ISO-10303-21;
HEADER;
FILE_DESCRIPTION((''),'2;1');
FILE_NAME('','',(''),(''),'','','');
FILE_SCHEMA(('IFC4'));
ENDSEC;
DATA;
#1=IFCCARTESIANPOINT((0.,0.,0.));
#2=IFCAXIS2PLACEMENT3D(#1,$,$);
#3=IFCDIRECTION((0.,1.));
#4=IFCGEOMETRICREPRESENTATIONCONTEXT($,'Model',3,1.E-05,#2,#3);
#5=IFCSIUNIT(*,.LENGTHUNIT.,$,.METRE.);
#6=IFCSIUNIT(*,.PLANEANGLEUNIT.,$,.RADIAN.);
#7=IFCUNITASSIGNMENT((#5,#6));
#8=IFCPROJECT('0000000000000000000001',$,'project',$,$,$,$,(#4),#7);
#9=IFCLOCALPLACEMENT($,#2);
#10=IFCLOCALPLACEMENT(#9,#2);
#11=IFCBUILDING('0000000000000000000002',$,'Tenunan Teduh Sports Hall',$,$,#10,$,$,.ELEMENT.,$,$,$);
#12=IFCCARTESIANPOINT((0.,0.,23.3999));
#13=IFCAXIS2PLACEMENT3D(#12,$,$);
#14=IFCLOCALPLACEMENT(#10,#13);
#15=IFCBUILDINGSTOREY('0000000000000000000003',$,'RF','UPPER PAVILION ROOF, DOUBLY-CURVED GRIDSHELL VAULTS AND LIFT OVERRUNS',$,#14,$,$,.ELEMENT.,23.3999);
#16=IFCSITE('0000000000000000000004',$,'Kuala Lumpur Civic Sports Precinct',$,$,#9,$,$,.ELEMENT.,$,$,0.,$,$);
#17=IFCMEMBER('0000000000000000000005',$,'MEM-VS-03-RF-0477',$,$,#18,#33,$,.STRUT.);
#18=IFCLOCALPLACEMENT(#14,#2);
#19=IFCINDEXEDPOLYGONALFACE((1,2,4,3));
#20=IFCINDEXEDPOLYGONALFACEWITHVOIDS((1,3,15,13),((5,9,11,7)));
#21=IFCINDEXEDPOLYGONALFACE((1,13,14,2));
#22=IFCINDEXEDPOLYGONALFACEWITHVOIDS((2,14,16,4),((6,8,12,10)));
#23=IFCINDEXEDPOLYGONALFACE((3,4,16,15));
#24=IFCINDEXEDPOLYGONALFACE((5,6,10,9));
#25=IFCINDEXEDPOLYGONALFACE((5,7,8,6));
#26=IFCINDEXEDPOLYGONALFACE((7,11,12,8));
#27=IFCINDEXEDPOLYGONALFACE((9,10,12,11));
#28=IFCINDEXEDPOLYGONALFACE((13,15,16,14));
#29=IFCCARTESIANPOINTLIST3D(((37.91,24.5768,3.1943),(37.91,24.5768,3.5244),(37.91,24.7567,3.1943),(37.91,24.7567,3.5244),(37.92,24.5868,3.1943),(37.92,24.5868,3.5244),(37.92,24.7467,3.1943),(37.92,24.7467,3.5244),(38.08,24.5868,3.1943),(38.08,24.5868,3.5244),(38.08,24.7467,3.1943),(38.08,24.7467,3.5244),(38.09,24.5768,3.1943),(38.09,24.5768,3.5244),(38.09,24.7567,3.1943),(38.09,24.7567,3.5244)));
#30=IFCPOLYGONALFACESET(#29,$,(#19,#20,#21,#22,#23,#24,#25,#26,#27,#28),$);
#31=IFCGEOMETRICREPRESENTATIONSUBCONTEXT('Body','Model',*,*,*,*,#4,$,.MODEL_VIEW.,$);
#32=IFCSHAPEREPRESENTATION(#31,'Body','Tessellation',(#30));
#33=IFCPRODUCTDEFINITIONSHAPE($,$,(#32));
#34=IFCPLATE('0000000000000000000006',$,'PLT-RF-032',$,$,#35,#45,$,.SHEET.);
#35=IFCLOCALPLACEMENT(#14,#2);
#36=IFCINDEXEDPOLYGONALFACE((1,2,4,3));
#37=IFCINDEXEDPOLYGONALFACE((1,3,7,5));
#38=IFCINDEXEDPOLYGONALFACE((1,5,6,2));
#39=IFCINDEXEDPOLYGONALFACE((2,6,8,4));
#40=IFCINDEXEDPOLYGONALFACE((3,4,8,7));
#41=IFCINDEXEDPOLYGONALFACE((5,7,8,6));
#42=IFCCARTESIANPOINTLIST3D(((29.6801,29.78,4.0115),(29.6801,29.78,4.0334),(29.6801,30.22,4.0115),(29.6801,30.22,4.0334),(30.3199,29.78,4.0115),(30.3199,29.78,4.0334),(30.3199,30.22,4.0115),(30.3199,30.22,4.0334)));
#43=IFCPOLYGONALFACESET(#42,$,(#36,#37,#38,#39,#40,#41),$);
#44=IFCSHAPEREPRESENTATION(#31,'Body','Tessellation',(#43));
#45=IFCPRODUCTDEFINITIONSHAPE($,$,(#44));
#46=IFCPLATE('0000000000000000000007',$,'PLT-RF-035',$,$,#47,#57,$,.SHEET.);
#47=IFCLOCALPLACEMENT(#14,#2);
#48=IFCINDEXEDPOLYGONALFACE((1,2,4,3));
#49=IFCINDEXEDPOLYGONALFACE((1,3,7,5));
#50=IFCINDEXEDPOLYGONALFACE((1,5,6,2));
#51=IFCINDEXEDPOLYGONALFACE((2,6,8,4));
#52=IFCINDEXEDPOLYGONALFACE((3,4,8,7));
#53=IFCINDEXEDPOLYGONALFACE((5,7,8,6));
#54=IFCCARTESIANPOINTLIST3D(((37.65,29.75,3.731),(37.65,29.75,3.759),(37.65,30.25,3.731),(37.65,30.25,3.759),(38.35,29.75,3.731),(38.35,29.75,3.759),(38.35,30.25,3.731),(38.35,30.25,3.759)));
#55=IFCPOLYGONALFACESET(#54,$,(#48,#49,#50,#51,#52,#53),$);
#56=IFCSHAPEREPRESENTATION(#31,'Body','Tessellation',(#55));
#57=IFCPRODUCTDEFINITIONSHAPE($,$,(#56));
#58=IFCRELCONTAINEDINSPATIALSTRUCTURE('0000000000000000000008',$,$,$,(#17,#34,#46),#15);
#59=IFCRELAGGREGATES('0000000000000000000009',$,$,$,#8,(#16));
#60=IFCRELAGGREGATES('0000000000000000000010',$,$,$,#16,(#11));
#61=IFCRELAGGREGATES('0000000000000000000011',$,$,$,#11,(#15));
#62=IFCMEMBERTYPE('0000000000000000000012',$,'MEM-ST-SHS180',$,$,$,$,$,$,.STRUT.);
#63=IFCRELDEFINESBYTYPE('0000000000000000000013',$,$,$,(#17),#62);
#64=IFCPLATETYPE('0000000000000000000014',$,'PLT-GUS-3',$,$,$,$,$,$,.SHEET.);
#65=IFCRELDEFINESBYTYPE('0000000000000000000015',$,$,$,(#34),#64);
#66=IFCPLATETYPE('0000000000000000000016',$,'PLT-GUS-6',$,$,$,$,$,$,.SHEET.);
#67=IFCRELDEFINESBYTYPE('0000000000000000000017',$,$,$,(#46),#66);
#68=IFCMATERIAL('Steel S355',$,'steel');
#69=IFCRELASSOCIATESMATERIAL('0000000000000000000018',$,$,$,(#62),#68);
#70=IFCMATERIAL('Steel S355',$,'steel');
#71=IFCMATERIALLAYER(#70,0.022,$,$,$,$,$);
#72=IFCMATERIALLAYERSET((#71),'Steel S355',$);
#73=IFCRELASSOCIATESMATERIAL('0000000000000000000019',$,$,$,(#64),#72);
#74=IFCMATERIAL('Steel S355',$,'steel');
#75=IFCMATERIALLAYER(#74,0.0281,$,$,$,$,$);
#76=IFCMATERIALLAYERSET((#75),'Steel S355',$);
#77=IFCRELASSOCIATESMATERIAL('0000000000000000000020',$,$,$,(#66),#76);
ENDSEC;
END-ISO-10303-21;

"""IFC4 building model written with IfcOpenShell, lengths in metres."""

from ifc_helpers import new_model, si_unit, direction, frame, origin, origin_2d, place, context, subcontext, project, spatial, rectangle, hollow_rectangle, extrude, material, layer, layer_set, material_profile, profile_set, type_object, element, save


model = new_model("IFC4")

# Units and contexts
model_context = context("Model", 3, precision=1e-05, world=origin(), true_north=direction((0.0, 1.0)))
body_context = subcontext(model_context, "Body", "Model", "MODEL_VIEW")
ifc_project = project(units=[si_unit("LENGTHUNIT", "METRE"), si_unit("PLANEANGLEUNIT", "RADIAN")], contexts=[model_context])

# Site, building, storey
site_placement = place(None, origin())
site = spatial("IfcSite", under=ifc_project, at=site_placement, Name="Kuala Lumpur Civic Sports Precinct", CompositionType="ELEMENT", RefElevation=0.0)
building_placement = place(site_placement, origin())
building = spatial("IfcBuilding", under=site, at=building_placement, Name="Tenunan Teduh Sports Hall", CompositionType="ELEMENT")
storey_placement = place(building_placement, frame((0.0, 0.0, 23.3999)))
storey = spatial("IfcBuildingStorey", under=building, at=storey_placement, Name="RF", Description="UPPER PAVILION ROOF, DOUBLY-CURVED GRIDSHELL VAULTS AND LIFT OVERRUNS", CompositionType="ELEMENT", Elevation=23.3999)

# Member
ifc_material_1 = material(Name="Steel S355", Category="steel")
ifc_material_profile_1 = material_profile(ifc_material_1, hollow_rectangle(XDim=0.1799, YDim=0.1799, WallThickness=0.01, at=origin_2d()), Name="SHS 180x180x10.0")
ifc_profile_set_1 = profile_set([ifc_material_profile_1], Name="Steel S355")
member_type_1 = type_object("IfcMemberType", Name="MEM-ST-SHS180", PredefinedType="STRUT", material=ifc_profile_set_1)
member_1_placement = place(storey_placement, frame((38.0, 24.6667, 3.1943), z_axis=(0.0, 0.0, 1.0), x_axis=(1.0, 0.0, 0.0)))
element("IfcMember", 1, at=member_1_placement, inside=storey, type_object=member_type_1, Name="MEM-VS-03-RF-0477", PredefinedType="STRUT", context=body_context, shape_type="SweptSolid", body=[
    extrude(hollow_rectangle(XDim=0.1799, YDim=0.1799, WallThickness=0.01, at=origin_2d()), origin(), (0.0, 0.0, 1.0), 0.3301),
])

# Plates
ifc_material_2 = material(Name="Steel S355", Category="steel")
ifc_layer_1 = layer(ifc_material_2, 0.022)
ifc_layer_set_1 = layer_set([ifc_layer_1], Name="Steel S355")
plate_type_1 = type_object("IfcPlateType", Name="PLT-GUS-3", PredefinedType="SHEET", material=ifc_layer_set_1)
plate_1_placement = place(storey_placement, frame((30.0, 30.0, 4.0115), z_axis=(0.0, 0.0, 1.0), x_axis=(1.0, 0.0, 0.0)))
element("IfcPlate", 2, at=plate_1_placement, inside=storey, type_object=plate_type_1, Name="PLT-RF-032", PredefinedType="SHEET", context=body_context, shape_type="SweptSolid", body=[
    extrude(rectangle(XDim=0.6399, YDim=0.4399, at=origin_2d()), origin(), (0.0, 0.0, 1.0), 0.022),
])
ifc_material_3 = material(Name="Steel S355", Category="steel")
ifc_layer_2 = layer(ifc_material_3, 0.0281)
ifc_layer_set_2 = layer_set([ifc_layer_2], Name="Steel S355")
plate_type_2 = type_object("IfcPlateType", Name="PLT-GUS-6", PredefinedType="SHEET", material=ifc_layer_set_2)
plate_2_placement = place(storey_placement, frame((38.0, 30.0, 3.731), z_axis=(0.0, 0.0, 1.0), x_axis=(1.0, 0.0, 0.0)))
element("IfcPlate", 3, at=plate_2_placement, inside=storey, type_object=plate_type_2, Name="PLT-RF-035", PredefinedType="SHEET", context=body_context, shape_type="SweptSolid", body=[
    extrude(rectangle(XDim=0.7, YDim=0.5, at=origin_2d()), origin(), (0.0, 0.0, 1.0), 0.0281),
])

save(model, "model.ifc")
